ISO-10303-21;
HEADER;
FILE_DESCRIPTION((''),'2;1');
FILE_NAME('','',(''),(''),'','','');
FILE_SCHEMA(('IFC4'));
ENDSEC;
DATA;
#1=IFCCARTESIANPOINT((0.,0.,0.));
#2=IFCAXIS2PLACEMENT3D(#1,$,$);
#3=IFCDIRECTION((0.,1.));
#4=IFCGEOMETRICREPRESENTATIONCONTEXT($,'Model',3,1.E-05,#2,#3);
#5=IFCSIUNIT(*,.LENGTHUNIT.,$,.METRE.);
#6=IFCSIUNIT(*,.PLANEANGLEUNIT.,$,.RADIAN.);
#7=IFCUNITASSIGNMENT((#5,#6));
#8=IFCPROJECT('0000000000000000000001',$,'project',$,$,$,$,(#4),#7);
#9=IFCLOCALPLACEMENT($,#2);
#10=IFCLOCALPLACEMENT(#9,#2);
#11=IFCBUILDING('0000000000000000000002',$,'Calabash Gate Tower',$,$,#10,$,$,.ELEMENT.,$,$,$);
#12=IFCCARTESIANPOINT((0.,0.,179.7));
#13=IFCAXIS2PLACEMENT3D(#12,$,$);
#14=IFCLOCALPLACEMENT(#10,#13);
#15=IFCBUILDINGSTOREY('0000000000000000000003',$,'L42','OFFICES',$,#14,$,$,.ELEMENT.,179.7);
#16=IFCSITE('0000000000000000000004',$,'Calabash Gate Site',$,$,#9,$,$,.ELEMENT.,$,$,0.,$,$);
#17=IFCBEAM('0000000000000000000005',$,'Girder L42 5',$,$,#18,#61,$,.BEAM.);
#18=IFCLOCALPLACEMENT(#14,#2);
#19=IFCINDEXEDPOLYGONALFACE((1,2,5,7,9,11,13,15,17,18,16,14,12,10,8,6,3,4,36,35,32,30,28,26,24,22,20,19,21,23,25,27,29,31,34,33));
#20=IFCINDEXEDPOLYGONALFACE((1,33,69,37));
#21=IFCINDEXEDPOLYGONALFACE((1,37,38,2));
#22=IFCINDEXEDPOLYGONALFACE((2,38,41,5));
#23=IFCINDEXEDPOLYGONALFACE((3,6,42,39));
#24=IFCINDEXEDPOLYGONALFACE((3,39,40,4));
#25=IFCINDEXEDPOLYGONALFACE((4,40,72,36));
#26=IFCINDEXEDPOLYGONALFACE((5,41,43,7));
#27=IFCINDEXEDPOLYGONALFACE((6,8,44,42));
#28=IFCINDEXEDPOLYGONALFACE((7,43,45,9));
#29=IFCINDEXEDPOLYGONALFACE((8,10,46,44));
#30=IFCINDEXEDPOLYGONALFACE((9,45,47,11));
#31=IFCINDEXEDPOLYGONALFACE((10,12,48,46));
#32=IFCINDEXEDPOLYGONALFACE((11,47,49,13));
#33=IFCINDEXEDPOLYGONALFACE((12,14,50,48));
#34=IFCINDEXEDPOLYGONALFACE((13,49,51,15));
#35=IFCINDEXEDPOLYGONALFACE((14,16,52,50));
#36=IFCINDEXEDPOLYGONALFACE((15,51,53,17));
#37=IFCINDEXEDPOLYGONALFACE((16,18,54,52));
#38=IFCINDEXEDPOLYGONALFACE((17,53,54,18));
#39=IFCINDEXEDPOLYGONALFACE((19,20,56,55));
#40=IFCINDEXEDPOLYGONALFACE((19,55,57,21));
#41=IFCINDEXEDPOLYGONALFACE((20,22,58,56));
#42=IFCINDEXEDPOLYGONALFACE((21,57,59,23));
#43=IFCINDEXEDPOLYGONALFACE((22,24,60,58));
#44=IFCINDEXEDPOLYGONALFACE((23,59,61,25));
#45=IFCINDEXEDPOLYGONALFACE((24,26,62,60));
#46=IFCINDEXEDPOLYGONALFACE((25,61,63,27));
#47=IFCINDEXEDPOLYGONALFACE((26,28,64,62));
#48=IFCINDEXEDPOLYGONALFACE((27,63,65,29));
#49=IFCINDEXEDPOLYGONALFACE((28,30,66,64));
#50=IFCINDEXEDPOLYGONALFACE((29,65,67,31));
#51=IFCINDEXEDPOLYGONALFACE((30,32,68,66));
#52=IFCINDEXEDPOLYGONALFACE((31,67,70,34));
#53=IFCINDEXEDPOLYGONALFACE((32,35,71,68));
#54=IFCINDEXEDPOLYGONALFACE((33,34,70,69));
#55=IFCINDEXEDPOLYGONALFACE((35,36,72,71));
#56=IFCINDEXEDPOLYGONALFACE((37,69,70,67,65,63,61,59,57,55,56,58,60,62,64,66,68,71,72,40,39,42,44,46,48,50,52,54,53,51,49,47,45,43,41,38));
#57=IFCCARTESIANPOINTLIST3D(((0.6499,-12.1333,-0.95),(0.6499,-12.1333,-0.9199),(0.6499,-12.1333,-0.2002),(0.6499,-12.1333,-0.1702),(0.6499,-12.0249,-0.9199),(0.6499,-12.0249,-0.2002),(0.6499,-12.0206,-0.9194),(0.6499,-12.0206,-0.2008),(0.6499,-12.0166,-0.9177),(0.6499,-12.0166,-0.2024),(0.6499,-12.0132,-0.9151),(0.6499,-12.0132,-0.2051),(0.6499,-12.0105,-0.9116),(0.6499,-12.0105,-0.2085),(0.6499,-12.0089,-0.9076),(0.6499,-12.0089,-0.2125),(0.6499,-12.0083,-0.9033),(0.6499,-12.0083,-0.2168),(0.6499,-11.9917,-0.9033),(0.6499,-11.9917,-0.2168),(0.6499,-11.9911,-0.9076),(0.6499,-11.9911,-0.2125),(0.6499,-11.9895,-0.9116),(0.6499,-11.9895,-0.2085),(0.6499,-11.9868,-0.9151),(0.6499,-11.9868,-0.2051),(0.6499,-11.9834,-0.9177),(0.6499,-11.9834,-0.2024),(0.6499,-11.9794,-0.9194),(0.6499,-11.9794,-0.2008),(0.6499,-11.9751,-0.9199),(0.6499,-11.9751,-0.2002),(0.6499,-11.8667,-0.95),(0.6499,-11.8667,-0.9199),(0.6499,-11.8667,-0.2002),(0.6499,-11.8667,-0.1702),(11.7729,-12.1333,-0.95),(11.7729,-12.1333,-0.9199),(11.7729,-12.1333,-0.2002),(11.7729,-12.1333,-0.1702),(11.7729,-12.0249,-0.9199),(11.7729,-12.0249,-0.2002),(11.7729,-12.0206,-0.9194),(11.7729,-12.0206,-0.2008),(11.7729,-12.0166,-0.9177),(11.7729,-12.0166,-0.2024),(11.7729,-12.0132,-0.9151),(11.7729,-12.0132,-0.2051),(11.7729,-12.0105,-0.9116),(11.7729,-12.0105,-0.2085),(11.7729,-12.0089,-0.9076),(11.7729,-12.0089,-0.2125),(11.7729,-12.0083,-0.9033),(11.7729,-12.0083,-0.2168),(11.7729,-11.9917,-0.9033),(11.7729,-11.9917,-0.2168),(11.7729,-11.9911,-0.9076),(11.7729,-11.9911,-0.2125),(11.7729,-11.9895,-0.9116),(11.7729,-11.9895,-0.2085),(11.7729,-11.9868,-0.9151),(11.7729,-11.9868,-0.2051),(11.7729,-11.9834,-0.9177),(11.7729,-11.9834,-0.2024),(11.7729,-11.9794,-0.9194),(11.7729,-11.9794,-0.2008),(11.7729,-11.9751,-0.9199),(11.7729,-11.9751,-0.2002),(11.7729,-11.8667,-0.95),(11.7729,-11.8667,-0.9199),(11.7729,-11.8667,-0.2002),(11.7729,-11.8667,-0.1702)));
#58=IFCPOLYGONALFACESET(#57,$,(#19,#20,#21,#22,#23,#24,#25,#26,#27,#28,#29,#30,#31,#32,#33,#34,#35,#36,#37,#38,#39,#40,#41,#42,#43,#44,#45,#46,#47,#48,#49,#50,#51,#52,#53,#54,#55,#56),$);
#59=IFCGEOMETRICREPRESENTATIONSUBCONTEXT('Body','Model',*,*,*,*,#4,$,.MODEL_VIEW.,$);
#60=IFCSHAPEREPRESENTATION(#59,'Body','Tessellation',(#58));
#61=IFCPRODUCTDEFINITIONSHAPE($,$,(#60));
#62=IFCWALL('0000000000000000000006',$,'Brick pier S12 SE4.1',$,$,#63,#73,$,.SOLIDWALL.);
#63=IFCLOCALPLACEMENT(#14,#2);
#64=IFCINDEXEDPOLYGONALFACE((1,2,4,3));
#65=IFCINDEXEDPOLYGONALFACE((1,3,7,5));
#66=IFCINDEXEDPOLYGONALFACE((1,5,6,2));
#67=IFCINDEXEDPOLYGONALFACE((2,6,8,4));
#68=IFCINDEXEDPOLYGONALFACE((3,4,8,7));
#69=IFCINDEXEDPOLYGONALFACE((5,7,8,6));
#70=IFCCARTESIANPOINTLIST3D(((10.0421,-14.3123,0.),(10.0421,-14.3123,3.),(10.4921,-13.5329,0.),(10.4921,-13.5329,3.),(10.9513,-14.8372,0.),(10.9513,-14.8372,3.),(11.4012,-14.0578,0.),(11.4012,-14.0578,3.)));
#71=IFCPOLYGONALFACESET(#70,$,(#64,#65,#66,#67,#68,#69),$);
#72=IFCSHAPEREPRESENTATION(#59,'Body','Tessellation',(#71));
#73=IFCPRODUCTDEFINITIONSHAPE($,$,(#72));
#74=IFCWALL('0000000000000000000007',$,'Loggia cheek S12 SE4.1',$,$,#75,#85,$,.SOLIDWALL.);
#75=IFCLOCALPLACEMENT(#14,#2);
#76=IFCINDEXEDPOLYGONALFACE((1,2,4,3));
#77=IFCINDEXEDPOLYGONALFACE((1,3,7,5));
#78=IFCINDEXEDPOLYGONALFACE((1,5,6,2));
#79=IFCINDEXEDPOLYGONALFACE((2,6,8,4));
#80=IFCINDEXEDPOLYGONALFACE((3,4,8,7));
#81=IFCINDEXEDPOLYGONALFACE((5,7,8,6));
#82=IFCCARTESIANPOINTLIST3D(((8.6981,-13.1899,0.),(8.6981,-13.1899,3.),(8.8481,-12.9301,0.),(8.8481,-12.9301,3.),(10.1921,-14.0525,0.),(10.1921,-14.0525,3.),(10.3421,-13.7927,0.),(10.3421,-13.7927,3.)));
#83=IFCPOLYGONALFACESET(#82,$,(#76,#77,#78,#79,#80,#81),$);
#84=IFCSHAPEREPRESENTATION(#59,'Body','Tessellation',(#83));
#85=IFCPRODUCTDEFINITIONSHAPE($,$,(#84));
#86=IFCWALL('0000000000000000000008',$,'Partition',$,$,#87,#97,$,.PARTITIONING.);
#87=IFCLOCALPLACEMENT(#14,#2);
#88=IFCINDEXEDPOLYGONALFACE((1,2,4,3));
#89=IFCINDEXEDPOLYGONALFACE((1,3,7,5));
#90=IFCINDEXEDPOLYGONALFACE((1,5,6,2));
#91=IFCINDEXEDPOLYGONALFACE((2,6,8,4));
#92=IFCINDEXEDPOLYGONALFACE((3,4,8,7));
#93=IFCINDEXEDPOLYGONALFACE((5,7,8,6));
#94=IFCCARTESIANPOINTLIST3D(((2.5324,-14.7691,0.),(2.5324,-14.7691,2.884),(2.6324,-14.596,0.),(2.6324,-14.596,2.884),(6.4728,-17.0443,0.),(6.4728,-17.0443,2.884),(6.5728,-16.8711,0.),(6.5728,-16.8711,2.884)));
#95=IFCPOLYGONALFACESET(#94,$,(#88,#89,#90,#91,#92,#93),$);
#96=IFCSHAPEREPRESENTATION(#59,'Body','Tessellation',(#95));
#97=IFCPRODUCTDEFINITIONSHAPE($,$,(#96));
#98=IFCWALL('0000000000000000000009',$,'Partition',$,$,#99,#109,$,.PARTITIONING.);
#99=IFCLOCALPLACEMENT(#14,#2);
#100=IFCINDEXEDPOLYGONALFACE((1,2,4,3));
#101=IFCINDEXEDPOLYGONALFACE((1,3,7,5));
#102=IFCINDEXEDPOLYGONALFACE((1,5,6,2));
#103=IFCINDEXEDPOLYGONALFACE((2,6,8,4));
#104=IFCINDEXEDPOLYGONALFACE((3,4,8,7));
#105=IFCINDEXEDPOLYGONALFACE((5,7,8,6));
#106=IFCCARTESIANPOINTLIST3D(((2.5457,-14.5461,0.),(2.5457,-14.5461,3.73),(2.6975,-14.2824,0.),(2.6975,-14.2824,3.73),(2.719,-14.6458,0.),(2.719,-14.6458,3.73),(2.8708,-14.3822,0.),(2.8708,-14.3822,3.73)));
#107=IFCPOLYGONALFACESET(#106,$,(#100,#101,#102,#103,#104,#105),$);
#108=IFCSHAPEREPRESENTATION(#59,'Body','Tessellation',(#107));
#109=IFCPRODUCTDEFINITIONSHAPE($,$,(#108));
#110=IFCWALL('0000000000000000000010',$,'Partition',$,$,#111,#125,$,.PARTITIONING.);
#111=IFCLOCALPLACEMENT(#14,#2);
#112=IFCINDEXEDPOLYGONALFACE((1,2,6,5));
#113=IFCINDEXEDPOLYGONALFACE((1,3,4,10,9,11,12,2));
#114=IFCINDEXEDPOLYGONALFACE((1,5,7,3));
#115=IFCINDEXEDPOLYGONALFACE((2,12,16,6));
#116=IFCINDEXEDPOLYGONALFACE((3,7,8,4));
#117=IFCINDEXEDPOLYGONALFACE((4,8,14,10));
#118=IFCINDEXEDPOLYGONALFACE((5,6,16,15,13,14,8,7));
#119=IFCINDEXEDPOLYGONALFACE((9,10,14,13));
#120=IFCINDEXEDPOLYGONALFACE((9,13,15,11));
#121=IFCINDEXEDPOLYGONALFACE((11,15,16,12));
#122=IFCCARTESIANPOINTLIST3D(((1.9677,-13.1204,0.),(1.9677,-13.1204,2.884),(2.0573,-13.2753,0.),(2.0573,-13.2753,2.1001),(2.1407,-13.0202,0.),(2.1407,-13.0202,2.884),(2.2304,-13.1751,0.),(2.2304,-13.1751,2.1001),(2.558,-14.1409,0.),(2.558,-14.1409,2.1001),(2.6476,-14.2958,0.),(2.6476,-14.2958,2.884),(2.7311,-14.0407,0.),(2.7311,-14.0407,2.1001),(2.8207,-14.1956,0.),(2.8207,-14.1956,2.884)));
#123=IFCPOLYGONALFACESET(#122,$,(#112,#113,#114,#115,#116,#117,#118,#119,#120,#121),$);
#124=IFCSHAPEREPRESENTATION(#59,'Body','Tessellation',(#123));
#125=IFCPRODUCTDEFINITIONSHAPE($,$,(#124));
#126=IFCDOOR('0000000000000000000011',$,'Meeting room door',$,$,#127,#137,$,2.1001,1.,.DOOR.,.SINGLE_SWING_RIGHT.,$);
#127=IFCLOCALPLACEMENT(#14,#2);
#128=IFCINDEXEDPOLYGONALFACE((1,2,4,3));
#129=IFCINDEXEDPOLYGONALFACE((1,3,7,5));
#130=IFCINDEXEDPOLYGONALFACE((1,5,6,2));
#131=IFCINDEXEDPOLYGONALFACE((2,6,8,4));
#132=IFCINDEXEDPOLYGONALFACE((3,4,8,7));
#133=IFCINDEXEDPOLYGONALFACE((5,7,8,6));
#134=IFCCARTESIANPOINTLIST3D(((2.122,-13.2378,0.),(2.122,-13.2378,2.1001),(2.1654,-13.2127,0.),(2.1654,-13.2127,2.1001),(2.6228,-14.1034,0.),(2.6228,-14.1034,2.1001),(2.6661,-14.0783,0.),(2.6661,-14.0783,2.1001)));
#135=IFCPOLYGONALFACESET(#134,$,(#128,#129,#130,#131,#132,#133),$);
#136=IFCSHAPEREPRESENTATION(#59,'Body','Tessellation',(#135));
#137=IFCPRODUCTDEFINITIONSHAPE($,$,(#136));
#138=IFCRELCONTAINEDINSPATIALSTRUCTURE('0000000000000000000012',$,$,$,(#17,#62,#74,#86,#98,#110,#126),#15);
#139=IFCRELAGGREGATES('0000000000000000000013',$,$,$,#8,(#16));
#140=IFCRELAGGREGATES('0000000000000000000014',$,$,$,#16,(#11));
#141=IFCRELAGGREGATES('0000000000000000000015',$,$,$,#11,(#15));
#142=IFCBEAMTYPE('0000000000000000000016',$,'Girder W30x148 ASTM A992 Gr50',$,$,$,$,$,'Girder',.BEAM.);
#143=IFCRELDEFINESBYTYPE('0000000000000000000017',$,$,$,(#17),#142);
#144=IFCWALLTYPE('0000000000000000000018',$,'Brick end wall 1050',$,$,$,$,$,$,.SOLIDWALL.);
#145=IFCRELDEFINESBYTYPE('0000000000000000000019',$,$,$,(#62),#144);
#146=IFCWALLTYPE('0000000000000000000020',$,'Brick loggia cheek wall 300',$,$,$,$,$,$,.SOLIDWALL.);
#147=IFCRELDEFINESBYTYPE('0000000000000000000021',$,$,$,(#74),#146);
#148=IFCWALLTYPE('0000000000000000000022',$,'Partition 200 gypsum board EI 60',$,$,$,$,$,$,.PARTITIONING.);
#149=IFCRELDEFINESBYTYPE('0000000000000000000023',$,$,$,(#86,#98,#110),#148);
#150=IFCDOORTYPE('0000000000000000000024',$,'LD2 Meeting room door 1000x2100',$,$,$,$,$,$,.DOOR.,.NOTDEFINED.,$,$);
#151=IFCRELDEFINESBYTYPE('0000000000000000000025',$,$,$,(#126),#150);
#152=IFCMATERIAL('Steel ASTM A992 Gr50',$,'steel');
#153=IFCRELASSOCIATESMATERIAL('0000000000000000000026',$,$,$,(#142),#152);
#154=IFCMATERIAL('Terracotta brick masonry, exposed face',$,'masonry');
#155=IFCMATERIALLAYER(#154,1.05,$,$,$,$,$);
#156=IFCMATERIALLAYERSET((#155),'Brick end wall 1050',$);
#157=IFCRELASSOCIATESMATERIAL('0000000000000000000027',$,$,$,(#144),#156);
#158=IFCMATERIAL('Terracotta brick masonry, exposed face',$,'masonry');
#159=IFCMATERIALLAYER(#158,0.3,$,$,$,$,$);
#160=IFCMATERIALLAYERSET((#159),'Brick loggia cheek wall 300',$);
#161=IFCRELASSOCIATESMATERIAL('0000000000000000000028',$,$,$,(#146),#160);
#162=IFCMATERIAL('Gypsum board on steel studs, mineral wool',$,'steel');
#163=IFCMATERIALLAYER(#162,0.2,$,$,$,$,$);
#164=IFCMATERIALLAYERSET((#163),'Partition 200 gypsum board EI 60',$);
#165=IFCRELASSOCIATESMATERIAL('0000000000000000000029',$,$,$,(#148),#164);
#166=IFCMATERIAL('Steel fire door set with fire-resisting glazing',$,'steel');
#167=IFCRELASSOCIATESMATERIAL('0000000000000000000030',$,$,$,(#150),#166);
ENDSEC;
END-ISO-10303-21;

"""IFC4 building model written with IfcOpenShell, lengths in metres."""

from ifc_helpers import new_model, si_unit, direction, frame, frame_2d, origin, origin_2d, place, context, subcontext, project, spatial, rectangle, i_section, extrude, material, layer, layer_set, material_profile, profile_set, type_object, element, fill, save


model = new_model("IFC4")

# Units and contexts
model_context = context("Model", 3, precision=1e-05, world=origin(), true_north=direction((0.0, 1.0)))
body_context = subcontext(model_context, "Body", "Model", "MODEL_VIEW")
ifc_project = project(units=[si_unit("LENGTHUNIT", "METRE"), si_unit("PLANEANGLEUNIT", "RADIAN")], contexts=[model_context])

# Site, building, storey
site_placement = place(None, origin())
site = spatial("IfcSite", under=ifc_project, at=site_placement, Name="Calabash Gate Site", CompositionType="ELEMENT", RefElevation=0.0)
building_placement = place(site_placement, origin())
building = spatial("IfcBuilding", under=site, at=building_placement, Name="Calabash Gate Tower", CompositionType="ELEMENT")
storey_placement = place(building_placement, frame((0.0, 0.0, 179.7)))
storey = spatial("IfcBuildingStorey", under=building, at=storey_placement, Name="L42", Description="OFFICES", CompositionType="ELEMENT", Elevation=179.7)

# Beam
ifc_material_1 = material(Name="Steel ASTM A992 Gr50", Category="steel")
ifc_material_profile_1 = material_profile(ifc_material_1, i_section(OverallWidth=0.2666, OverallDepth=0.7798, WebThickness=0.0166, FlangeThickness=0.03, FilletRadius=0.0166, at=origin_2d()))
ifc_profile_set_1 = profile_set([ifc_material_profile_1], Name="Steel ASTM A992 Gr50")
beam_type_1 = type_object("IfcBeamType", Name="Girder W30x148 ASTM A992 Gr50", ElementType="Girder", PredefinedType="BEAM", material=ifc_profile_set_1)
beam_1_placement = place(storey_placement, frame((0.6499, -12.0, -0.5601), z_axis=(1.0, 0.0, 0.0), x_axis=(0.0, 1.0, 0.0)))
element("IfcBeam", 1, at=beam_1_placement, inside=storey, type_object=beam_type_1, Name="Girder L42 5", PredefinedType="BEAM", context=body_context, shape_type="SweptSolid", body=[
    extrude(i_section(OverallWidth=0.2666, OverallDepth=0.7798, WebThickness=0.0166, FlangeThickness=0.03, FilletRadius=0.0166, at=origin_2d()), origin(), (0.0, 0.0, 1.0), 11.123),
])

# Walls
ifc_material_2 = material(Name="Terracotta brick masonry, exposed face", Category="masonry")
ifc_layer_1 = layer(ifc_material_2, 1.05)
ifc_layer_set_1 = layer_set([ifc_layer_1], Name="Brick end wall 1050")
wall_type_1 = type_object("IfcWallType", Name="Brick end wall 1050", PredefinedType="SOLIDWALL", material=ifc_layer_set_1)
wall_1_placement = place(storey_placement, frame((11.1763, -14.4475, 0.0), z_axis=(0.0, 0.0, 1.0), x_axis=(-0.866031, 0.499991, 0.0)))
element("IfcWall", 2, at=wall_1_placement, inside=storey, type_object=wall_type_1, Name="Brick pier S12 SE4.1", PredefinedType="SOLIDWALL", context=body_context, shape_type="SweptSolid", body=[
    extrude(rectangle(XDim=1.0498, YDim=0.8999, at=frame_2d((0.5249, 0.0))), origin(), (0.0, 0.0, 1.0), 3.0),
])
ifc_material_3 = material(Name="Terracotta brick masonry, exposed face", Category="masonry")
ifc_layer_2 = layer(ifc_material_3, 0.3)
ifc_layer_set_2 = layer_set([ifc_layer_2], Name="Brick loggia cheek wall 300")
wall_type_2 = type_object("IfcWallType", Name="Brick loggia cheek wall 300", PredefinedType="SOLIDWALL", material=ifc_layer_set_2)
wall_2_placement = place(storey_placement, frame((10.2671, -13.9226, 0.0), z_axis=(0.0, 0.0, 1.0), x_axis=(-0.866014, 0.500021, 0.0)))
element("IfcWall", 3, at=wall_2_placement, inside=storey, type_object=wall_type_2, Name="Loggia cheek S12 SE4.1", PredefinedType="SOLIDWALL", context=body_context, shape_type="SweptSolid", body=[
    extrude(rectangle(XDim=1.7251, YDim=0.3, at=frame_2d((0.8625, 0.0))), origin(), (0.0, 0.0, 1.0), 3.0),
])
ifc_material_4 = material(Name="Gypsum board on steel studs, mineral wool", Category="steel")
ifc_layer_3 = layer(ifc_material_4, 0.2)
ifc_layer_set_3 = layer_set([ifc_layer_3], Name="Partition 200 gypsum board EI 60")
wall_type_3 = type_object("IfcWallType", Name="Partition 200 gypsum board EI 60", PredefinedType="PARTITIONING", material=ifc_layer_set_3)
wall_3_placement = place(storey_placement, frame((2.5825, -14.6826, 0.0), z_axis=(0.0, 0.0, 1.0), x_axis=(0.866012, -0.500023, 0.0)))
element("IfcWall", 4, at=wall_3_placement, inside=storey, type_object=wall_type_3, Name="Partition", PredefinedType="PARTITIONING", context=body_context, shape_type="SweptSolid", body=[
    extrude(rectangle(XDim=4.55, YDim=0.2, at=frame_2d((2.2749, 0.0))), origin(), (0.0, 0.0, 1.0), 2.884),
])
wall_4_placement = place(storey_placement, frame((2.6323, -14.5959, 0.0), z_axis=(0.0, 0.0, 1.0), x_axis=(0.499074, 0.866559, 0.0)))
element("IfcWall", 5, at=wall_4_placement, inside=storey, type_object=wall_type_3, Name="Partition", PredefinedType="PARTITIONING", context=body_context, shape_type="SweptSolid", body=[
    extrude(rectangle(XDim=0.3042, YDim=0.2, at=frame_2d((0.1521, 0.0))), origin(), (0.0, 0.0, 1.0), 3.73),
])

# Wall, opening, door
wall_5_placement = place(storey_placement, frame((2.0542, -13.0703, 0.0), z_axis=(0.0, 0.0, 1.0), x_axis=(0.50076, -0.865586, 0.0)))
wall_5 = element("IfcWall", 6, at=wall_5_placement, inside=storey, type_object=wall_type_3, Name="Partition", PredefinedType="PARTITIONING", context=body_context, shape_type="SweptSolid", body=[
    extrude(rectangle(XDim=1.3579, YDim=0.2, at=frame_2d((0.679, 0.0))), origin(), (0.0, 0.0, 1.0), 2.884),
])
opening_1_placement = place(wall_5_placement, frame((0.179, 0.0, 0.0)))
opening_1 = element("IfcOpeningElement", 7, at=opening_1_placement, cuts=wall_5, PredefinedType="OPENING", context=body_context, shape_type="SweptSolid", body=[
    extrude(rectangle(XDim=1.0, YDim=2.1001, at=frame_2d((0.5, 1.05))), frame((0.0, 0.1099, 0.0), z_axis=(0.0, -1.0, 0.0), x_axis=(1.0, 0.0, 0.0)), (0.0, 0.0, 1.0), 0.22),
])
ifc_material_5 = material(Name="Steel fire door set with fire-resisting glazing", Category="steel")
door_type_1 = type_object("IfcDoorType", Name="LD2 Meeting room door 1000x2100", OperationType="NOTDEFINED", PredefinedType="DOOR", material=ifc_material_5)
door_1_placement = place(opening_1_placement, origin())
door_1 = element("IfcDoor", 8, at=door_1_placement, inside=storey, type_object=door_type_1, Name="Meeting room door", OperationType="SINGLE_SWING_RIGHT", OverallHeight=2.1001, OverallWidth=1.0, PredefinedType="DOOR", context=body_context, shape_type="SweptSolid", body=[
    extrude(rectangle(XDim=1.0, YDim=2.1001, at=frame_2d((0.5, 1.05))), frame((0.0, 0.0249, 0.0), z_axis=(0.0, -1.0, 0.0), x_axis=(1.0, 0.0, 0.0)), (0.0, 0.0, 1.0), 0.05),
])
fill(opening_1, door_1)

save(model, "model.ifc")
